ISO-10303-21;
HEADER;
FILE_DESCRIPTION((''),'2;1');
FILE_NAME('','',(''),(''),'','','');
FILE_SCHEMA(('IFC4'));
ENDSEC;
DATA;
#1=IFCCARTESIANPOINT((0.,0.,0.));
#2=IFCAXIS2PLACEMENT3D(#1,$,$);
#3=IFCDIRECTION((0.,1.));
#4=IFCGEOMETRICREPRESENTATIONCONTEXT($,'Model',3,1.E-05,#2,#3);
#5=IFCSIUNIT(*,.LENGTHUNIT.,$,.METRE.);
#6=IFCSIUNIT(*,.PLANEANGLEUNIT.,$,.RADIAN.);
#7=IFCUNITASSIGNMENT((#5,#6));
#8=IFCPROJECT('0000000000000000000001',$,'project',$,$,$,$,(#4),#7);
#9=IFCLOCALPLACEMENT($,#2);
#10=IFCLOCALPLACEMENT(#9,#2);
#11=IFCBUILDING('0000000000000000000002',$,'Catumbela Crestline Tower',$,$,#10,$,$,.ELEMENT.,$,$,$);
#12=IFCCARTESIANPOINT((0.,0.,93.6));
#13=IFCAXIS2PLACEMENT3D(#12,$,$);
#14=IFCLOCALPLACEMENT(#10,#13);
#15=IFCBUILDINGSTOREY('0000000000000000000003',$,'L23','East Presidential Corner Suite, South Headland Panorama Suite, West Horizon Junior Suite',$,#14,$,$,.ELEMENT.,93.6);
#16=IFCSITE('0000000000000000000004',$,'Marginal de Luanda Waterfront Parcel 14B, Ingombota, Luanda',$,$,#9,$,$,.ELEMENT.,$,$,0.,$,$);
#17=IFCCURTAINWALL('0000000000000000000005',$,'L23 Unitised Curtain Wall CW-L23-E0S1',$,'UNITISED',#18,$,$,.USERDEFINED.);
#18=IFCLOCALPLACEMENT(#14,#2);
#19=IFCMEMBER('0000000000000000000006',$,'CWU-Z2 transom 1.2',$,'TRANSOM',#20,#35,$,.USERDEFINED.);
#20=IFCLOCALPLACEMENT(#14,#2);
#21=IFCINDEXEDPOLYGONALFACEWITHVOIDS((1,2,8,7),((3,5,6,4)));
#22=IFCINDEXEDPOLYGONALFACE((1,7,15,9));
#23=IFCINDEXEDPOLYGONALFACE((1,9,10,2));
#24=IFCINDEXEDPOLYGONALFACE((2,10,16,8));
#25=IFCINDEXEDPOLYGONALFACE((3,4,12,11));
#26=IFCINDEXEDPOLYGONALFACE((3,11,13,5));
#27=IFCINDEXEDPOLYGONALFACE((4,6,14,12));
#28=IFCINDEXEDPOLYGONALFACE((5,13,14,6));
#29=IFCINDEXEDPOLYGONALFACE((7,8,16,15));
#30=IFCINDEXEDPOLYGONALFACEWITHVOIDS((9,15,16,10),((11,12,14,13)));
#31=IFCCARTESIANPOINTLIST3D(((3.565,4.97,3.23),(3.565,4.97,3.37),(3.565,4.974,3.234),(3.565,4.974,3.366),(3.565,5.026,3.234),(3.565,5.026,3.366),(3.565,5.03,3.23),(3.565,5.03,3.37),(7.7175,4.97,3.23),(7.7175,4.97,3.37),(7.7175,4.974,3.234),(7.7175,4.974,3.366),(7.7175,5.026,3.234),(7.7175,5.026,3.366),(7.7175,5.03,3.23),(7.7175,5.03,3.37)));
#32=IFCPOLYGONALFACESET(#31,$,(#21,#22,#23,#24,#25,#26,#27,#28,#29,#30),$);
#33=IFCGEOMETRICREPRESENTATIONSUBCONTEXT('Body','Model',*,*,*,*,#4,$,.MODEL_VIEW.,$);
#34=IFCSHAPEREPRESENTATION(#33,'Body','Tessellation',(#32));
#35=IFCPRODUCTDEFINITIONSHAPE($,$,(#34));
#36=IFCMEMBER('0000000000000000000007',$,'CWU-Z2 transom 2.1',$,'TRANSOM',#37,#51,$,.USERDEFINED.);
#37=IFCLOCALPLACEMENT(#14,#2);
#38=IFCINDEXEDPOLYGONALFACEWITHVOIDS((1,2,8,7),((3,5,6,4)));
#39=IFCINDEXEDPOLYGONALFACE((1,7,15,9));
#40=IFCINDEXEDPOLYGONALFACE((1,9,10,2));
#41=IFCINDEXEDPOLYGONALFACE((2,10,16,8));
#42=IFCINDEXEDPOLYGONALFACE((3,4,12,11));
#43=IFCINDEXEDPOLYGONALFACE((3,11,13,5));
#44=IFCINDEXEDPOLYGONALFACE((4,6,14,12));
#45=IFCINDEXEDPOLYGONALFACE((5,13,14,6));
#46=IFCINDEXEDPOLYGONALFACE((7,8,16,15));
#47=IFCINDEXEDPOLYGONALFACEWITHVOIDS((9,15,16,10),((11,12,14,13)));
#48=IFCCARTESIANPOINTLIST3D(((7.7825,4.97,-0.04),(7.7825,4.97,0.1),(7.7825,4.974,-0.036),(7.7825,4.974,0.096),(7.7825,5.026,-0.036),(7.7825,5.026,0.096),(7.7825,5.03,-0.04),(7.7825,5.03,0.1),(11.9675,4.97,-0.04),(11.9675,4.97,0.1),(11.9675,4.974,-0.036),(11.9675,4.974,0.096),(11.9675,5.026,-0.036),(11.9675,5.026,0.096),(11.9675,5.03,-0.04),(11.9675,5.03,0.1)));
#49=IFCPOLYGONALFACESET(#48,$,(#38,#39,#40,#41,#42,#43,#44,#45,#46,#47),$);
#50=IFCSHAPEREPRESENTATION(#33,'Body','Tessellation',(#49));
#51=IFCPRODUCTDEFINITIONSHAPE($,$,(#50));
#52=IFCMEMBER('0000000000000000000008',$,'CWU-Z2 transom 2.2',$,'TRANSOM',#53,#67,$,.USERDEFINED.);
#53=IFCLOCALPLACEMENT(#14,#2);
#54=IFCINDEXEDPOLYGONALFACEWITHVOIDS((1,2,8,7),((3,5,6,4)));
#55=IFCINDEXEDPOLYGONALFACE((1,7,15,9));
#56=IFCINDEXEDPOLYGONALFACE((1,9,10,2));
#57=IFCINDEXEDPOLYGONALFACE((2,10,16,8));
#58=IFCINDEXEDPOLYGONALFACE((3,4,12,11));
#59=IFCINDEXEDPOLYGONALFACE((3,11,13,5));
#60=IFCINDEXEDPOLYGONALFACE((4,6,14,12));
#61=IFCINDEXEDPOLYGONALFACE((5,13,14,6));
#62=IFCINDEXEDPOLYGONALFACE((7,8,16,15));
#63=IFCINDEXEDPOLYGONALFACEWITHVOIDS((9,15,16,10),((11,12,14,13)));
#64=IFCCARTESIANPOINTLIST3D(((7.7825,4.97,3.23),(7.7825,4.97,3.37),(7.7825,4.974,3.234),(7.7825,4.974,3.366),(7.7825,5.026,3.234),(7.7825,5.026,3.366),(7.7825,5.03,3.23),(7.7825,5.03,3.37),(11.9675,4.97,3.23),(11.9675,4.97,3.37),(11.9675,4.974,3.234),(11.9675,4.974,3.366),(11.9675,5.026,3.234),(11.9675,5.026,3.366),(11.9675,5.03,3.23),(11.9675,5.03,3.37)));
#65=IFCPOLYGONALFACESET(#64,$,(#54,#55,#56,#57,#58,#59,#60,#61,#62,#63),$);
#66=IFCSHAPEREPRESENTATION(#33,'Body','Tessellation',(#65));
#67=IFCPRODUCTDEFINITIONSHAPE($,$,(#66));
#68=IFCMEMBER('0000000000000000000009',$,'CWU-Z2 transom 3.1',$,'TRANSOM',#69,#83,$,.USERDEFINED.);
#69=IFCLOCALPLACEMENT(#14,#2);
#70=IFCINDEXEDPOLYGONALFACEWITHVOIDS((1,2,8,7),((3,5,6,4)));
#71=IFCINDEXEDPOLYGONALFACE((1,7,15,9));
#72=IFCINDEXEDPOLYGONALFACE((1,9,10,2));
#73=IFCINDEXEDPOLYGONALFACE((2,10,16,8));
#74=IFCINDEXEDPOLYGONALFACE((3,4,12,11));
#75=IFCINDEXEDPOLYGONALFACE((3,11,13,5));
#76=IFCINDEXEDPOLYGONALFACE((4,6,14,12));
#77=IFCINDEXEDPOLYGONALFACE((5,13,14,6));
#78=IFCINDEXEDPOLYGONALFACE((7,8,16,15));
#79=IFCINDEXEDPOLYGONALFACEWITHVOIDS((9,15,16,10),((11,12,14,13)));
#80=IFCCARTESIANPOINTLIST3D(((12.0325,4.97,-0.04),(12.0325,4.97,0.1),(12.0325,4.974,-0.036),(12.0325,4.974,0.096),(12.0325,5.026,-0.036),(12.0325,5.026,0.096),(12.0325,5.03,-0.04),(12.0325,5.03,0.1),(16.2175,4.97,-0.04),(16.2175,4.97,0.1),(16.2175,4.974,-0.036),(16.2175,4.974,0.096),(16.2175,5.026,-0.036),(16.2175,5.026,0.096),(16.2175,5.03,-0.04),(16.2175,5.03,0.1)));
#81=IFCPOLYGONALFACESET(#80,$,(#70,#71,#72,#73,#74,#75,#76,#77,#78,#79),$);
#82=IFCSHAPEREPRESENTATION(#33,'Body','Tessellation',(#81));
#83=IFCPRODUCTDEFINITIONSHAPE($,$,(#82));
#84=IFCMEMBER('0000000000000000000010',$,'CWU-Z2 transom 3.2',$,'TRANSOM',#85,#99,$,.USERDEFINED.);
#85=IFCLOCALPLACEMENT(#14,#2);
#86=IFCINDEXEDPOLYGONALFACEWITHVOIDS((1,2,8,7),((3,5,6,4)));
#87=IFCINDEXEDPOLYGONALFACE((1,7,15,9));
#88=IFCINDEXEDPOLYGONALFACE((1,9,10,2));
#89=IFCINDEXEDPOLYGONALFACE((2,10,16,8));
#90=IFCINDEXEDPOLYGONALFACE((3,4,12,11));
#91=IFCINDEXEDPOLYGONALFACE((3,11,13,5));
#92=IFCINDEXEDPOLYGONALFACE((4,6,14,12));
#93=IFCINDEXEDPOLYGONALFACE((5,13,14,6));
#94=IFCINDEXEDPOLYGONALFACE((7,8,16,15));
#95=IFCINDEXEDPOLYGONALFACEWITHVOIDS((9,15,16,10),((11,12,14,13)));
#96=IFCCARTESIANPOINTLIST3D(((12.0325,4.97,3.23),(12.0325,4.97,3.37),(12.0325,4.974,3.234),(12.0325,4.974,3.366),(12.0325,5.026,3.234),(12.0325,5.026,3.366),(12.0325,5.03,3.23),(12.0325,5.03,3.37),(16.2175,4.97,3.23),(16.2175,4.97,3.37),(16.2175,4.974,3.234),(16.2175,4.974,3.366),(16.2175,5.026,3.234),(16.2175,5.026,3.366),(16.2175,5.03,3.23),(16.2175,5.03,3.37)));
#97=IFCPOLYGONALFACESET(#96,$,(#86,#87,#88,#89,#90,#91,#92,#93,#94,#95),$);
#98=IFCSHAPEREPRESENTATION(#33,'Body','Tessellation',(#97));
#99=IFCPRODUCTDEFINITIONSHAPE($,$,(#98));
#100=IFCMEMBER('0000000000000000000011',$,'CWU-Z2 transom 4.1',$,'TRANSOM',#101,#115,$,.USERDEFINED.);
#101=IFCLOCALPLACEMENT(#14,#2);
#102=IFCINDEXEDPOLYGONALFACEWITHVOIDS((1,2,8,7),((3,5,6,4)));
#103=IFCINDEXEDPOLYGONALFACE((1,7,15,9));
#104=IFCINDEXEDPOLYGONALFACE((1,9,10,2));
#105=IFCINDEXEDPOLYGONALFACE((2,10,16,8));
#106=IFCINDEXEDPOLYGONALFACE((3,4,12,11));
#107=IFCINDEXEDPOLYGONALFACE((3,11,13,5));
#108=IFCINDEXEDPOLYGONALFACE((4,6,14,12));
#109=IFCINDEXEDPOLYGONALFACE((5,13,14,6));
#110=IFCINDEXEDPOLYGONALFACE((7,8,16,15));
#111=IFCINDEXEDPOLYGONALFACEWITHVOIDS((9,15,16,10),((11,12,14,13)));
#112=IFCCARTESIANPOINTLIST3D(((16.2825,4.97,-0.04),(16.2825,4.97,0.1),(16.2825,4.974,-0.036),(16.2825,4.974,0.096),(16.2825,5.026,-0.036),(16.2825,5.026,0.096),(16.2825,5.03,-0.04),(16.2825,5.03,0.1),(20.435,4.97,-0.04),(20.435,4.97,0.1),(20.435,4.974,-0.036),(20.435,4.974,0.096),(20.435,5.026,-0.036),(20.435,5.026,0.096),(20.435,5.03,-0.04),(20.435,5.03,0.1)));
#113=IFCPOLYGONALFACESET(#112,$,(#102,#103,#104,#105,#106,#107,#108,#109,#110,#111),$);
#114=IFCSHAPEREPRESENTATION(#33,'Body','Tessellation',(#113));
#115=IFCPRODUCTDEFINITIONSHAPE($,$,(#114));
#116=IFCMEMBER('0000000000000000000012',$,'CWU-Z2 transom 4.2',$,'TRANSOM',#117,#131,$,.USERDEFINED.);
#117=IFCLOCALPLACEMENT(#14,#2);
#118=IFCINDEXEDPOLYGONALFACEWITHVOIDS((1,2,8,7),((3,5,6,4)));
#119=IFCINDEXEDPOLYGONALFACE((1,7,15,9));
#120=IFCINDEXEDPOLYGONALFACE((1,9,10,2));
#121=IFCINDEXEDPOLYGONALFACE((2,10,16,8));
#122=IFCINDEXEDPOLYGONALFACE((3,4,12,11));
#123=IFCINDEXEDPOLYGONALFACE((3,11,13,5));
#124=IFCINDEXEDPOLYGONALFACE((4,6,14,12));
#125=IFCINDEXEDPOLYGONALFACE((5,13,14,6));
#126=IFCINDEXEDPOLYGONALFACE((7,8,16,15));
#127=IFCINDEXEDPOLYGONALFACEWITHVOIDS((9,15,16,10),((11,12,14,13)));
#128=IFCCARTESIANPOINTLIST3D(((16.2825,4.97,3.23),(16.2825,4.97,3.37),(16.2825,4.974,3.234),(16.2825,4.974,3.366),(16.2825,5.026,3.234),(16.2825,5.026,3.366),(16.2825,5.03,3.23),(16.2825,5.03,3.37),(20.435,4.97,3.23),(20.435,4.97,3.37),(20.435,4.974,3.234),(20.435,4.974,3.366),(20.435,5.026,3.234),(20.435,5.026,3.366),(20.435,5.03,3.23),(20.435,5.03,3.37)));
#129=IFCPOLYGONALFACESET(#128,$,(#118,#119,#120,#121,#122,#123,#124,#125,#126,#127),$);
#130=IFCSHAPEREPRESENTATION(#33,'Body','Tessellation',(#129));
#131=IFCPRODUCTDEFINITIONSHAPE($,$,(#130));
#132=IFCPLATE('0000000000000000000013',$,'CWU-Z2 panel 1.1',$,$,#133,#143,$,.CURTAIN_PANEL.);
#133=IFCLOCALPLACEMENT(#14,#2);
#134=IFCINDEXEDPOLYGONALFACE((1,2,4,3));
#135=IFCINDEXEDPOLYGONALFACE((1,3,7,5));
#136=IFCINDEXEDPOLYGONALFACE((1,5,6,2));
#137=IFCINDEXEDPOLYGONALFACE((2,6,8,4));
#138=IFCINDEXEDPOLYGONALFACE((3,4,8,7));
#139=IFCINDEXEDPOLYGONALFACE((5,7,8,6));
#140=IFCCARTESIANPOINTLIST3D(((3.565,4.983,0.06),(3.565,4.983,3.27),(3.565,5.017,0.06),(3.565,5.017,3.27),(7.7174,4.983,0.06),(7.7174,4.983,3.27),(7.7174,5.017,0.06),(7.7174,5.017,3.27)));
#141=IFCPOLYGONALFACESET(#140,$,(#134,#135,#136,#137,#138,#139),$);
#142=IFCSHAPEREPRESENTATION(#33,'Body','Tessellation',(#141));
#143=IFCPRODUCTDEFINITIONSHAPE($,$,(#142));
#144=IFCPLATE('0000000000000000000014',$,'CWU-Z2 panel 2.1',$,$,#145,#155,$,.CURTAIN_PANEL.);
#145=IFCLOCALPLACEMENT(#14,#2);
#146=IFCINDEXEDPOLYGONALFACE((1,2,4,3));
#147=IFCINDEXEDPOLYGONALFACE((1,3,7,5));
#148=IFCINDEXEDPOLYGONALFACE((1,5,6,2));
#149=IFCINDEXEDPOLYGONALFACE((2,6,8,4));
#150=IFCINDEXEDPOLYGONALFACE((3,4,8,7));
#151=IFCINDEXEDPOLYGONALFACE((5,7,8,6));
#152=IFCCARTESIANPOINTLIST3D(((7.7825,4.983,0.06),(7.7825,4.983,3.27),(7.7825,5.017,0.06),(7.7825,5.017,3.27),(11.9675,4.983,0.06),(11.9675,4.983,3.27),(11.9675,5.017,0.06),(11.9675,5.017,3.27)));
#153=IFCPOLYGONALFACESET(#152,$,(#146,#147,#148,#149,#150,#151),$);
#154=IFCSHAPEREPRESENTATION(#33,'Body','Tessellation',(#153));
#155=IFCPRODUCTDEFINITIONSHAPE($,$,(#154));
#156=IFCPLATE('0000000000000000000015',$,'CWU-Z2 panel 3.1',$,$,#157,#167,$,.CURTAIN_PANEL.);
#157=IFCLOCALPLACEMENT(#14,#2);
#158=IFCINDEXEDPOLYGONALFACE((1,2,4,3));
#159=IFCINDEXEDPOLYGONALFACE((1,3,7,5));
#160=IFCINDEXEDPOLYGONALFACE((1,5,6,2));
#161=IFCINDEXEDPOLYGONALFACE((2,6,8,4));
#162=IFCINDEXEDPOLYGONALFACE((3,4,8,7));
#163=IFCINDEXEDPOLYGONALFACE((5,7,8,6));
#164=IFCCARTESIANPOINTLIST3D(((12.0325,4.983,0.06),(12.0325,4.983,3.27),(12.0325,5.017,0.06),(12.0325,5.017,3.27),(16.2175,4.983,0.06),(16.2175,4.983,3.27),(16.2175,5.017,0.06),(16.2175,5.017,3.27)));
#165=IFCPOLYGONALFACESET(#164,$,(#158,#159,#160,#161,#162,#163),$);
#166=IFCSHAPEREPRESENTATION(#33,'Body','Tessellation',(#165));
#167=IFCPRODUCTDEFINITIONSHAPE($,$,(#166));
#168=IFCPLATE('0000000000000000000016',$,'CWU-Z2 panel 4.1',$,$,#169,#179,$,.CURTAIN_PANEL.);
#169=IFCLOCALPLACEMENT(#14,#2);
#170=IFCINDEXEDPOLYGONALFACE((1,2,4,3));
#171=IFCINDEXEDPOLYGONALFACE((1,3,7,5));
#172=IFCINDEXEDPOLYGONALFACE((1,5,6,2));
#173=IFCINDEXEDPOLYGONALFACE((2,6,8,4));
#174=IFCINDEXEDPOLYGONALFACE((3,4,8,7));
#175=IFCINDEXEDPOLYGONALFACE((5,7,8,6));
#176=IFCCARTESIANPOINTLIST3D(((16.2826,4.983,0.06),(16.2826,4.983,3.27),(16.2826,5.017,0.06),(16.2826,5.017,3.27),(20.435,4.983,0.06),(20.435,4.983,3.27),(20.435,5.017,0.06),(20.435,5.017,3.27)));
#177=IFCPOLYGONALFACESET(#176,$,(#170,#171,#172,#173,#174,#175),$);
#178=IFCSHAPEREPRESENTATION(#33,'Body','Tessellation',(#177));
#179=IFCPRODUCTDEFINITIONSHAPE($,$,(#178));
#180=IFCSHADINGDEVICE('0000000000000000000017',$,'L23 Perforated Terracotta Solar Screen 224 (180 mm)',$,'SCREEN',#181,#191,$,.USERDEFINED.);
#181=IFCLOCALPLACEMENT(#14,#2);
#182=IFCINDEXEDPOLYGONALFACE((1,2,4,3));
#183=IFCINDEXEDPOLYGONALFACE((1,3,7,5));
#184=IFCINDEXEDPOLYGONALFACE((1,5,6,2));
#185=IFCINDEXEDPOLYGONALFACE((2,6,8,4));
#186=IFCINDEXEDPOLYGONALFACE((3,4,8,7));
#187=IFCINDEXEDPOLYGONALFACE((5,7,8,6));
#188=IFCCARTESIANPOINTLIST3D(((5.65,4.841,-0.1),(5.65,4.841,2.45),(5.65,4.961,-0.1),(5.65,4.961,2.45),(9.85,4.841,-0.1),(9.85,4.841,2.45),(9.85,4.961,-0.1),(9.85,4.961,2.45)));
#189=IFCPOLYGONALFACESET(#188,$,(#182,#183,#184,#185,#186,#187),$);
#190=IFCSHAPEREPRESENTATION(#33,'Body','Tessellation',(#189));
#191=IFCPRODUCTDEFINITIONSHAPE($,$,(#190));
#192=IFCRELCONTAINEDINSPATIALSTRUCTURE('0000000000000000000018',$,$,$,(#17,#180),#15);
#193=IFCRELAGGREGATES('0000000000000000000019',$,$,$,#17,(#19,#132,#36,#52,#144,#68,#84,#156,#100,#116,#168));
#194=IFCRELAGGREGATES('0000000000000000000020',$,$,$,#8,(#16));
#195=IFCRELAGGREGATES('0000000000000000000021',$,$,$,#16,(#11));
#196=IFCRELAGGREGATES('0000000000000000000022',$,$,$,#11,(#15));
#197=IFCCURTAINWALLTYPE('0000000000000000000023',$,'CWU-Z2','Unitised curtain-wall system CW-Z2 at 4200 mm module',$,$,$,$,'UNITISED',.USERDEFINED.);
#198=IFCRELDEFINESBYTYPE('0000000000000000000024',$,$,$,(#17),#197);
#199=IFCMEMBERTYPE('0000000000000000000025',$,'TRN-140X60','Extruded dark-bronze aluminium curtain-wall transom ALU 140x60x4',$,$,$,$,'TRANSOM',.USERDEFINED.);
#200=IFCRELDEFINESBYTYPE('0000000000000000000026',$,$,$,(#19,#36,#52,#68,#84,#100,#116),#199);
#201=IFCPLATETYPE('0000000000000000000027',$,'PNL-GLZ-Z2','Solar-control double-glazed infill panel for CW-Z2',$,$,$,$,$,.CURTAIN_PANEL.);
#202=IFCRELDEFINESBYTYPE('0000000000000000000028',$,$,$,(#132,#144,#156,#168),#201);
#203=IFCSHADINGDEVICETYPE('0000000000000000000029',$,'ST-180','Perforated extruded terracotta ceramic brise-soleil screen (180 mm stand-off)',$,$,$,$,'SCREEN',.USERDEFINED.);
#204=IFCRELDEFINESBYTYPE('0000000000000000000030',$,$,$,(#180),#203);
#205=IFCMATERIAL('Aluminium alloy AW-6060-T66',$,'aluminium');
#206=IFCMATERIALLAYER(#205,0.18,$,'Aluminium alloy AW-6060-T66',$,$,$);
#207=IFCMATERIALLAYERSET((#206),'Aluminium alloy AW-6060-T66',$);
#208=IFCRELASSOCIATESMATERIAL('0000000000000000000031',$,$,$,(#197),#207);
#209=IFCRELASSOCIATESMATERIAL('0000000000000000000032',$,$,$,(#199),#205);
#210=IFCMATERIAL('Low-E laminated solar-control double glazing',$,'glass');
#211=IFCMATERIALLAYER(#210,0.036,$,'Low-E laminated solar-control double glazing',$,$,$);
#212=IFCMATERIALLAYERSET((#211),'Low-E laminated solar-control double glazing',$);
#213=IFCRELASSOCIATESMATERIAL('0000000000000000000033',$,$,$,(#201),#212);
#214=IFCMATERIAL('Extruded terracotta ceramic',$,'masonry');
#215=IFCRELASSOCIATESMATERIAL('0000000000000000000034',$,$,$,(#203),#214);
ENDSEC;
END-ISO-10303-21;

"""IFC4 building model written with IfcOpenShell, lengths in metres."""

from ifc_helpers import new_model, si_unit, direction, frame, origin, origin_2d, place, context, subcontext, project, spatial, rectangle, hollow_rectangle, extrude, material, layer, layer_set, material_profile, profile_set, type_object, element, aggregate, save


model = new_model("IFC4")

# Units and contexts
model_context = context("Model", 3, precision=1e-05, world=origin(), true_north=direction((0.0, 1.0)))
body_context = subcontext(model_context, "Body", "Model", "MODEL_VIEW")
ifc_project = project(units=[si_unit("LENGTHUNIT", "METRE"), si_unit("PLANEANGLEUNIT", "RADIAN")], contexts=[model_context])

# Site, building, storey
site_placement = place(None, origin())
site = spatial("IfcSite", under=ifc_project, at=site_placement, Name="Marginal de Luanda Waterfront Parcel 14B, Ingombota, Luanda", CompositionType="ELEMENT", RefElevation=0.0)
building_placement = place(site_placement, origin())
building = spatial("IfcBuilding", under=site, at=building_placement, Name="Catumbela Crestline Tower", CompositionType="ELEMENT")
storey_placement = place(building_placement, frame((0.0, 0.0, 93.6)))
storey = spatial("IfcBuildingStorey", under=building, at=storey_placement, Name="L23", Description="East Presidential Corner Suite, South Headland Panorama Suite, West Horizon Junior Suite", CompositionType="ELEMENT", Elevation=93.6)

# Curtain wall, members, plates
ifc_material_1 = material(Name="Aluminium alloy AW-6060-T66", Category="aluminium")
ifc_layer_1 = layer(ifc_material_1, 0.18, Name="Aluminium alloy AW-6060-T66")
ifc_layer_set_1 = layer_set([ifc_layer_1], Name="Aluminium alloy AW-6060-T66")
curtain_wall_type = type_object("IfcCurtainWallType", Name="CWU-Z2", Description="Unitised curtain-wall system CW-Z2 at 4200 mm module", ElementType="UNITISED", PredefinedType="USERDEFINED", material=ifc_layer_set_1)
curtain_wall_placement = place(storey_placement, origin())
curtain_wall = element("IfcCurtainWall", 1, at=curtain_wall_placement, inside=storey, type_object=curtain_wall_type, Name="L23 Unitised Curtain Wall CW-L23-E0S1", ObjectType="UNITISED", PredefinedType="USERDEFINED")
ifc_material_profile_1 = material_profile(ifc_material_1, hollow_rectangle(XDim=0.06, YDim=0.14, WallThickness=0.004, at=origin_2d()), Name="ALU 140x60x4")
ifc_profile_set_1 = profile_set([ifc_material_profile_1], Name="Aluminium alloy AW-6060-T66")
member_type_1 = type_object("IfcMemberType", Name="TRN-140X60", Description="Extruded dark-bronze aluminium curtain-wall transom ALU 140x60x4", ElementType="TRANSOM", PredefinedType="USERDEFINED", material=ifc_profile_set_1)
member_1_placement = place(storey_placement, frame((3.565, 5.0, 3.3), z_axis=(1.0, 0.0, 0.0), x_axis=(0.0, 1.0, 0.0)))
member_1 = element("IfcMember", 2, at=member_1_placement, type_object=member_type_1, Name="CWU-Z2 transom 1.2", ObjectType="TRANSOM", PredefinedType="USERDEFINED", context=body_context, shape_type="SweptSolid", body=[
    extrude(hollow_rectangle(XDim=0.06, YDim=0.14, WallThickness=0.004, at=origin_2d()), origin(), (0.0, 0.0, 1.0), 4.1525),
])
member_2_placement = place(storey_placement, frame((7.7825, 5.0, 0.03), z_axis=(1.0, 0.0, 0.0), x_axis=(0.0, 1.0, 0.0)))
member_2 = element("IfcMember", 3, at=member_2_placement, type_object=member_type_1, Name="CWU-Z2 transom 2.1", ObjectType="TRANSOM", PredefinedType="USERDEFINED", context=body_context, shape_type="SweptSolid", body=[
    extrude(hollow_rectangle(XDim=0.06, YDim=0.14, WallThickness=0.004, at=origin_2d()), origin(), (0.0, 0.0, 1.0), 4.185),
])
member_3_placement = place(storey_placement, frame((7.7825, 5.0, 3.3), z_axis=(1.0, 0.0, 0.0), x_axis=(0.0, 1.0, 0.0)))
member_3 = element("IfcMember", 4, at=member_3_placement, type_object=member_type_1, Name="CWU-Z2 transom 2.2", ObjectType="TRANSOM", PredefinedType="USERDEFINED", context=body_context, shape_type="SweptSolid", body=[
    extrude(hollow_rectangle(XDim=0.06, YDim=0.14, WallThickness=0.004, at=origin_2d()), origin(), (0.0, 0.0, 1.0), 4.185),
])
member_4_placement = place(storey_placement, frame((12.0325, 5.0, 0.03), z_axis=(1.0, 0.0, 0.0), x_axis=(0.0, 1.0, 0.0)))
member_4 = element("IfcMember", 5, at=member_4_placement, type_object=member_type_1, Name="CWU-Z2 transom 3.1", ObjectType="TRANSOM", PredefinedType="USERDEFINED", context=body_context, shape_type="SweptSolid", body=[
    extrude(hollow_rectangle(XDim=0.06, YDim=0.14, WallThickness=0.004, at=origin_2d()), origin(), (0.0, 0.0, 1.0), 4.185),
])
member_5_placement = place(storey_placement, frame((12.0325, 5.0, 3.3), z_axis=(1.0, 0.0, 0.0), x_axis=(0.0, 1.0, 0.0)))
member_5 = element("IfcMember", 6, at=member_5_placement, type_object=member_type_1, Name="CWU-Z2 transom 3.2", ObjectType="TRANSOM", PredefinedType="USERDEFINED", context=body_context, shape_type="SweptSolid", body=[
    extrude(hollow_rectangle(XDim=0.06, YDim=0.14, WallThickness=0.004, at=origin_2d()), origin(), (0.0, 0.0, 1.0), 4.185),
])
member_6_placement = place(storey_placement, frame((16.2825, 5.0, 0.03), z_axis=(1.0, 0.0, 0.0), x_axis=(0.0, 1.0, 0.0)))
member_6 = element("IfcMember", 7, at=member_6_placement, type_object=member_type_1, Name="CWU-Z2 transom 4.1", ObjectType="TRANSOM", PredefinedType="USERDEFINED", context=body_context, shape_type="SweptSolid", body=[
    extrude(hollow_rectangle(XDim=0.06, YDim=0.14, WallThickness=0.004, at=origin_2d()), origin(), (0.0, 0.0, 1.0), 4.1525),
])
member_7_placement = place(storey_placement, frame((16.2825, 5.0, 3.3), z_axis=(1.0, 0.0, 0.0), x_axis=(0.0, 1.0, 0.0)))
member_7 = element("IfcMember", 8, at=member_7_placement, type_object=member_type_1, Name="CWU-Z2 transom 4.2", ObjectType="TRANSOM", PredefinedType="USERDEFINED", context=body_context, shape_type="SweptSolid", body=[
    extrude(hollow_rectangle(XDim=0.06, YDim=0.14, WallThickness=0.004, at=origin_2d()), origin(), (0.0, 0.0, 1.0), 4.1525),
])
ifc_material_2 = material(Name="Low-E laminated solar-control double glazing", Category="glass")
ifc_layer_2 = layer(ifc_material_2, 0.036, Name="Low-E laminated solar-control double glazing")
ifc_layer_set_2 = layer_set([ifc_layer_2], Name="Low-E laminated solar-control double glazing")
plate_type = type_object("IfcPlateType", Name="PNL-GLZ-Z2", Description="Solar-control double-glazed infill panel for CW-Z2", PredefinedType="CURTAIN_PANEL", material=ifc_layer_set_2)
plate_1_placement = place(storey_placement, frame((5.6412, 5.0, 0.06), z_axis=(0.0, 0.0, 1.0), x_axis=(1.0, 0.0, 0.0)))
plate_1 = element("IfcPlate", 9, at=plate_1_placement, type_object=plate_type, Name="CWU-Z2 panel 1.1", PredefinedType="CURTAIN_PANEL", context=body_context, shape_type="SweptSolid", body=[
    extrude(rectangle(XDim=4.1525, YDim=0.034, at=origin_2d()), origin(), (0.0, 0.0, 1.0), 3.21),
])
plate_2_placement = place(storey_placement, frame((9.875, 5.0, 0.06), z_axis=(0.0, 0.0, 1.0), x_axis=(1.0, 0.0, 0.0)))
plate_2 = element("IfcPlate", 10, at=plate_2_placement, type_object=plate_type, Name="CWU-Z2 panel 2.1", PredefinedType="CURTAIN_PANEL", context=body_context, shape_type="SweptSolid", body=[
    extrude(rectangle(XDim=4.185, YDim=0.034, at=origin_2d()), origin(), (0.0, 0.0, 1.0), 3.21),
])
plate_3_placement = place(storey_placement, frame((14.125, 5.0, 0.06), z_axis=(0.0, 0.0, 1.0), x_axis=(1.0, 0.0, 0.0)))
plate_3 = element("IfcPlate", 11, at=plate_3_placement, type_object=plate_type, Name="CWU-Z2 panel 3.1", PredefinedType="CURTAIN_PANEL", context=body_context, shape_type="SweptSolid", body=[
    extrude(rectangle(XDim=4.185, YDim=0.034, at=origin_2d()), origin(), (0.0, 0.0, 1.0), 3.21),
])
plate_4_placement = place(storey_placement, frame((18.3588, 5.0, 0.06), z_axis=(0.0, 0.0, 1.0), x_axis=(1.0, 0.0, 0.0)))
plate_4 = element("IfcPlate", 12, at=plate_4_placement, type_object=plate_type, Name="CWU-Z2 panel 4.1", PredefinedType="CURTAIN_PANEL", context=body_context, shape_type="SweptSolid", body=[
    extrude(rectangle(XDim=4.1525, YDim=0.034, at=origin_2d()), origin(), (0.0, 0.0, 1.0), 3.21),
])
aggregate(curtain_wall, [member_1, plate_1, member_2, member_3, plate_2, member_4, member_5, plate_3, member_6, member_7, plate_4])

# Shading device
ifc_material_3 = material(Name="Extruded terracotta ceramic", Category="masonry")
shading_device_type_1 = type_object("IfcShadingDeviceType", Name="ST-180", Description="Perforated extruded terracotta ceramic brise-soleil screen (180 mm stand-off)", ElementType="SCREEN", PredefinedType="USERDEFINED", material=ifc_material_3)
shading_device_1_placement = place(storey_placement, frame((7.75, 4.901, -0.1), z_axis=(0.0, 0.0, 1.0), x_axis=(1.0, 0.0, 0.0)))
element("IfcShadingDevice", 13, at=shading_device_1_placement, inside=storey, type_object=shading_device_type_1, Name="L23 Perforated Terracotta Solar Screen 224 (180 mm)", ObjectType="SCREEN", PredefinedType="USERDEFINED", context=body_context, shape_type="SweptSolid", body=[
    extrude(rectangle(XDim=4.2, YDim=0.12, at=origin_2d()), origin(), (0.0, 0.0, 1.0), 2.55),
])

save(model, "model.ifc")
